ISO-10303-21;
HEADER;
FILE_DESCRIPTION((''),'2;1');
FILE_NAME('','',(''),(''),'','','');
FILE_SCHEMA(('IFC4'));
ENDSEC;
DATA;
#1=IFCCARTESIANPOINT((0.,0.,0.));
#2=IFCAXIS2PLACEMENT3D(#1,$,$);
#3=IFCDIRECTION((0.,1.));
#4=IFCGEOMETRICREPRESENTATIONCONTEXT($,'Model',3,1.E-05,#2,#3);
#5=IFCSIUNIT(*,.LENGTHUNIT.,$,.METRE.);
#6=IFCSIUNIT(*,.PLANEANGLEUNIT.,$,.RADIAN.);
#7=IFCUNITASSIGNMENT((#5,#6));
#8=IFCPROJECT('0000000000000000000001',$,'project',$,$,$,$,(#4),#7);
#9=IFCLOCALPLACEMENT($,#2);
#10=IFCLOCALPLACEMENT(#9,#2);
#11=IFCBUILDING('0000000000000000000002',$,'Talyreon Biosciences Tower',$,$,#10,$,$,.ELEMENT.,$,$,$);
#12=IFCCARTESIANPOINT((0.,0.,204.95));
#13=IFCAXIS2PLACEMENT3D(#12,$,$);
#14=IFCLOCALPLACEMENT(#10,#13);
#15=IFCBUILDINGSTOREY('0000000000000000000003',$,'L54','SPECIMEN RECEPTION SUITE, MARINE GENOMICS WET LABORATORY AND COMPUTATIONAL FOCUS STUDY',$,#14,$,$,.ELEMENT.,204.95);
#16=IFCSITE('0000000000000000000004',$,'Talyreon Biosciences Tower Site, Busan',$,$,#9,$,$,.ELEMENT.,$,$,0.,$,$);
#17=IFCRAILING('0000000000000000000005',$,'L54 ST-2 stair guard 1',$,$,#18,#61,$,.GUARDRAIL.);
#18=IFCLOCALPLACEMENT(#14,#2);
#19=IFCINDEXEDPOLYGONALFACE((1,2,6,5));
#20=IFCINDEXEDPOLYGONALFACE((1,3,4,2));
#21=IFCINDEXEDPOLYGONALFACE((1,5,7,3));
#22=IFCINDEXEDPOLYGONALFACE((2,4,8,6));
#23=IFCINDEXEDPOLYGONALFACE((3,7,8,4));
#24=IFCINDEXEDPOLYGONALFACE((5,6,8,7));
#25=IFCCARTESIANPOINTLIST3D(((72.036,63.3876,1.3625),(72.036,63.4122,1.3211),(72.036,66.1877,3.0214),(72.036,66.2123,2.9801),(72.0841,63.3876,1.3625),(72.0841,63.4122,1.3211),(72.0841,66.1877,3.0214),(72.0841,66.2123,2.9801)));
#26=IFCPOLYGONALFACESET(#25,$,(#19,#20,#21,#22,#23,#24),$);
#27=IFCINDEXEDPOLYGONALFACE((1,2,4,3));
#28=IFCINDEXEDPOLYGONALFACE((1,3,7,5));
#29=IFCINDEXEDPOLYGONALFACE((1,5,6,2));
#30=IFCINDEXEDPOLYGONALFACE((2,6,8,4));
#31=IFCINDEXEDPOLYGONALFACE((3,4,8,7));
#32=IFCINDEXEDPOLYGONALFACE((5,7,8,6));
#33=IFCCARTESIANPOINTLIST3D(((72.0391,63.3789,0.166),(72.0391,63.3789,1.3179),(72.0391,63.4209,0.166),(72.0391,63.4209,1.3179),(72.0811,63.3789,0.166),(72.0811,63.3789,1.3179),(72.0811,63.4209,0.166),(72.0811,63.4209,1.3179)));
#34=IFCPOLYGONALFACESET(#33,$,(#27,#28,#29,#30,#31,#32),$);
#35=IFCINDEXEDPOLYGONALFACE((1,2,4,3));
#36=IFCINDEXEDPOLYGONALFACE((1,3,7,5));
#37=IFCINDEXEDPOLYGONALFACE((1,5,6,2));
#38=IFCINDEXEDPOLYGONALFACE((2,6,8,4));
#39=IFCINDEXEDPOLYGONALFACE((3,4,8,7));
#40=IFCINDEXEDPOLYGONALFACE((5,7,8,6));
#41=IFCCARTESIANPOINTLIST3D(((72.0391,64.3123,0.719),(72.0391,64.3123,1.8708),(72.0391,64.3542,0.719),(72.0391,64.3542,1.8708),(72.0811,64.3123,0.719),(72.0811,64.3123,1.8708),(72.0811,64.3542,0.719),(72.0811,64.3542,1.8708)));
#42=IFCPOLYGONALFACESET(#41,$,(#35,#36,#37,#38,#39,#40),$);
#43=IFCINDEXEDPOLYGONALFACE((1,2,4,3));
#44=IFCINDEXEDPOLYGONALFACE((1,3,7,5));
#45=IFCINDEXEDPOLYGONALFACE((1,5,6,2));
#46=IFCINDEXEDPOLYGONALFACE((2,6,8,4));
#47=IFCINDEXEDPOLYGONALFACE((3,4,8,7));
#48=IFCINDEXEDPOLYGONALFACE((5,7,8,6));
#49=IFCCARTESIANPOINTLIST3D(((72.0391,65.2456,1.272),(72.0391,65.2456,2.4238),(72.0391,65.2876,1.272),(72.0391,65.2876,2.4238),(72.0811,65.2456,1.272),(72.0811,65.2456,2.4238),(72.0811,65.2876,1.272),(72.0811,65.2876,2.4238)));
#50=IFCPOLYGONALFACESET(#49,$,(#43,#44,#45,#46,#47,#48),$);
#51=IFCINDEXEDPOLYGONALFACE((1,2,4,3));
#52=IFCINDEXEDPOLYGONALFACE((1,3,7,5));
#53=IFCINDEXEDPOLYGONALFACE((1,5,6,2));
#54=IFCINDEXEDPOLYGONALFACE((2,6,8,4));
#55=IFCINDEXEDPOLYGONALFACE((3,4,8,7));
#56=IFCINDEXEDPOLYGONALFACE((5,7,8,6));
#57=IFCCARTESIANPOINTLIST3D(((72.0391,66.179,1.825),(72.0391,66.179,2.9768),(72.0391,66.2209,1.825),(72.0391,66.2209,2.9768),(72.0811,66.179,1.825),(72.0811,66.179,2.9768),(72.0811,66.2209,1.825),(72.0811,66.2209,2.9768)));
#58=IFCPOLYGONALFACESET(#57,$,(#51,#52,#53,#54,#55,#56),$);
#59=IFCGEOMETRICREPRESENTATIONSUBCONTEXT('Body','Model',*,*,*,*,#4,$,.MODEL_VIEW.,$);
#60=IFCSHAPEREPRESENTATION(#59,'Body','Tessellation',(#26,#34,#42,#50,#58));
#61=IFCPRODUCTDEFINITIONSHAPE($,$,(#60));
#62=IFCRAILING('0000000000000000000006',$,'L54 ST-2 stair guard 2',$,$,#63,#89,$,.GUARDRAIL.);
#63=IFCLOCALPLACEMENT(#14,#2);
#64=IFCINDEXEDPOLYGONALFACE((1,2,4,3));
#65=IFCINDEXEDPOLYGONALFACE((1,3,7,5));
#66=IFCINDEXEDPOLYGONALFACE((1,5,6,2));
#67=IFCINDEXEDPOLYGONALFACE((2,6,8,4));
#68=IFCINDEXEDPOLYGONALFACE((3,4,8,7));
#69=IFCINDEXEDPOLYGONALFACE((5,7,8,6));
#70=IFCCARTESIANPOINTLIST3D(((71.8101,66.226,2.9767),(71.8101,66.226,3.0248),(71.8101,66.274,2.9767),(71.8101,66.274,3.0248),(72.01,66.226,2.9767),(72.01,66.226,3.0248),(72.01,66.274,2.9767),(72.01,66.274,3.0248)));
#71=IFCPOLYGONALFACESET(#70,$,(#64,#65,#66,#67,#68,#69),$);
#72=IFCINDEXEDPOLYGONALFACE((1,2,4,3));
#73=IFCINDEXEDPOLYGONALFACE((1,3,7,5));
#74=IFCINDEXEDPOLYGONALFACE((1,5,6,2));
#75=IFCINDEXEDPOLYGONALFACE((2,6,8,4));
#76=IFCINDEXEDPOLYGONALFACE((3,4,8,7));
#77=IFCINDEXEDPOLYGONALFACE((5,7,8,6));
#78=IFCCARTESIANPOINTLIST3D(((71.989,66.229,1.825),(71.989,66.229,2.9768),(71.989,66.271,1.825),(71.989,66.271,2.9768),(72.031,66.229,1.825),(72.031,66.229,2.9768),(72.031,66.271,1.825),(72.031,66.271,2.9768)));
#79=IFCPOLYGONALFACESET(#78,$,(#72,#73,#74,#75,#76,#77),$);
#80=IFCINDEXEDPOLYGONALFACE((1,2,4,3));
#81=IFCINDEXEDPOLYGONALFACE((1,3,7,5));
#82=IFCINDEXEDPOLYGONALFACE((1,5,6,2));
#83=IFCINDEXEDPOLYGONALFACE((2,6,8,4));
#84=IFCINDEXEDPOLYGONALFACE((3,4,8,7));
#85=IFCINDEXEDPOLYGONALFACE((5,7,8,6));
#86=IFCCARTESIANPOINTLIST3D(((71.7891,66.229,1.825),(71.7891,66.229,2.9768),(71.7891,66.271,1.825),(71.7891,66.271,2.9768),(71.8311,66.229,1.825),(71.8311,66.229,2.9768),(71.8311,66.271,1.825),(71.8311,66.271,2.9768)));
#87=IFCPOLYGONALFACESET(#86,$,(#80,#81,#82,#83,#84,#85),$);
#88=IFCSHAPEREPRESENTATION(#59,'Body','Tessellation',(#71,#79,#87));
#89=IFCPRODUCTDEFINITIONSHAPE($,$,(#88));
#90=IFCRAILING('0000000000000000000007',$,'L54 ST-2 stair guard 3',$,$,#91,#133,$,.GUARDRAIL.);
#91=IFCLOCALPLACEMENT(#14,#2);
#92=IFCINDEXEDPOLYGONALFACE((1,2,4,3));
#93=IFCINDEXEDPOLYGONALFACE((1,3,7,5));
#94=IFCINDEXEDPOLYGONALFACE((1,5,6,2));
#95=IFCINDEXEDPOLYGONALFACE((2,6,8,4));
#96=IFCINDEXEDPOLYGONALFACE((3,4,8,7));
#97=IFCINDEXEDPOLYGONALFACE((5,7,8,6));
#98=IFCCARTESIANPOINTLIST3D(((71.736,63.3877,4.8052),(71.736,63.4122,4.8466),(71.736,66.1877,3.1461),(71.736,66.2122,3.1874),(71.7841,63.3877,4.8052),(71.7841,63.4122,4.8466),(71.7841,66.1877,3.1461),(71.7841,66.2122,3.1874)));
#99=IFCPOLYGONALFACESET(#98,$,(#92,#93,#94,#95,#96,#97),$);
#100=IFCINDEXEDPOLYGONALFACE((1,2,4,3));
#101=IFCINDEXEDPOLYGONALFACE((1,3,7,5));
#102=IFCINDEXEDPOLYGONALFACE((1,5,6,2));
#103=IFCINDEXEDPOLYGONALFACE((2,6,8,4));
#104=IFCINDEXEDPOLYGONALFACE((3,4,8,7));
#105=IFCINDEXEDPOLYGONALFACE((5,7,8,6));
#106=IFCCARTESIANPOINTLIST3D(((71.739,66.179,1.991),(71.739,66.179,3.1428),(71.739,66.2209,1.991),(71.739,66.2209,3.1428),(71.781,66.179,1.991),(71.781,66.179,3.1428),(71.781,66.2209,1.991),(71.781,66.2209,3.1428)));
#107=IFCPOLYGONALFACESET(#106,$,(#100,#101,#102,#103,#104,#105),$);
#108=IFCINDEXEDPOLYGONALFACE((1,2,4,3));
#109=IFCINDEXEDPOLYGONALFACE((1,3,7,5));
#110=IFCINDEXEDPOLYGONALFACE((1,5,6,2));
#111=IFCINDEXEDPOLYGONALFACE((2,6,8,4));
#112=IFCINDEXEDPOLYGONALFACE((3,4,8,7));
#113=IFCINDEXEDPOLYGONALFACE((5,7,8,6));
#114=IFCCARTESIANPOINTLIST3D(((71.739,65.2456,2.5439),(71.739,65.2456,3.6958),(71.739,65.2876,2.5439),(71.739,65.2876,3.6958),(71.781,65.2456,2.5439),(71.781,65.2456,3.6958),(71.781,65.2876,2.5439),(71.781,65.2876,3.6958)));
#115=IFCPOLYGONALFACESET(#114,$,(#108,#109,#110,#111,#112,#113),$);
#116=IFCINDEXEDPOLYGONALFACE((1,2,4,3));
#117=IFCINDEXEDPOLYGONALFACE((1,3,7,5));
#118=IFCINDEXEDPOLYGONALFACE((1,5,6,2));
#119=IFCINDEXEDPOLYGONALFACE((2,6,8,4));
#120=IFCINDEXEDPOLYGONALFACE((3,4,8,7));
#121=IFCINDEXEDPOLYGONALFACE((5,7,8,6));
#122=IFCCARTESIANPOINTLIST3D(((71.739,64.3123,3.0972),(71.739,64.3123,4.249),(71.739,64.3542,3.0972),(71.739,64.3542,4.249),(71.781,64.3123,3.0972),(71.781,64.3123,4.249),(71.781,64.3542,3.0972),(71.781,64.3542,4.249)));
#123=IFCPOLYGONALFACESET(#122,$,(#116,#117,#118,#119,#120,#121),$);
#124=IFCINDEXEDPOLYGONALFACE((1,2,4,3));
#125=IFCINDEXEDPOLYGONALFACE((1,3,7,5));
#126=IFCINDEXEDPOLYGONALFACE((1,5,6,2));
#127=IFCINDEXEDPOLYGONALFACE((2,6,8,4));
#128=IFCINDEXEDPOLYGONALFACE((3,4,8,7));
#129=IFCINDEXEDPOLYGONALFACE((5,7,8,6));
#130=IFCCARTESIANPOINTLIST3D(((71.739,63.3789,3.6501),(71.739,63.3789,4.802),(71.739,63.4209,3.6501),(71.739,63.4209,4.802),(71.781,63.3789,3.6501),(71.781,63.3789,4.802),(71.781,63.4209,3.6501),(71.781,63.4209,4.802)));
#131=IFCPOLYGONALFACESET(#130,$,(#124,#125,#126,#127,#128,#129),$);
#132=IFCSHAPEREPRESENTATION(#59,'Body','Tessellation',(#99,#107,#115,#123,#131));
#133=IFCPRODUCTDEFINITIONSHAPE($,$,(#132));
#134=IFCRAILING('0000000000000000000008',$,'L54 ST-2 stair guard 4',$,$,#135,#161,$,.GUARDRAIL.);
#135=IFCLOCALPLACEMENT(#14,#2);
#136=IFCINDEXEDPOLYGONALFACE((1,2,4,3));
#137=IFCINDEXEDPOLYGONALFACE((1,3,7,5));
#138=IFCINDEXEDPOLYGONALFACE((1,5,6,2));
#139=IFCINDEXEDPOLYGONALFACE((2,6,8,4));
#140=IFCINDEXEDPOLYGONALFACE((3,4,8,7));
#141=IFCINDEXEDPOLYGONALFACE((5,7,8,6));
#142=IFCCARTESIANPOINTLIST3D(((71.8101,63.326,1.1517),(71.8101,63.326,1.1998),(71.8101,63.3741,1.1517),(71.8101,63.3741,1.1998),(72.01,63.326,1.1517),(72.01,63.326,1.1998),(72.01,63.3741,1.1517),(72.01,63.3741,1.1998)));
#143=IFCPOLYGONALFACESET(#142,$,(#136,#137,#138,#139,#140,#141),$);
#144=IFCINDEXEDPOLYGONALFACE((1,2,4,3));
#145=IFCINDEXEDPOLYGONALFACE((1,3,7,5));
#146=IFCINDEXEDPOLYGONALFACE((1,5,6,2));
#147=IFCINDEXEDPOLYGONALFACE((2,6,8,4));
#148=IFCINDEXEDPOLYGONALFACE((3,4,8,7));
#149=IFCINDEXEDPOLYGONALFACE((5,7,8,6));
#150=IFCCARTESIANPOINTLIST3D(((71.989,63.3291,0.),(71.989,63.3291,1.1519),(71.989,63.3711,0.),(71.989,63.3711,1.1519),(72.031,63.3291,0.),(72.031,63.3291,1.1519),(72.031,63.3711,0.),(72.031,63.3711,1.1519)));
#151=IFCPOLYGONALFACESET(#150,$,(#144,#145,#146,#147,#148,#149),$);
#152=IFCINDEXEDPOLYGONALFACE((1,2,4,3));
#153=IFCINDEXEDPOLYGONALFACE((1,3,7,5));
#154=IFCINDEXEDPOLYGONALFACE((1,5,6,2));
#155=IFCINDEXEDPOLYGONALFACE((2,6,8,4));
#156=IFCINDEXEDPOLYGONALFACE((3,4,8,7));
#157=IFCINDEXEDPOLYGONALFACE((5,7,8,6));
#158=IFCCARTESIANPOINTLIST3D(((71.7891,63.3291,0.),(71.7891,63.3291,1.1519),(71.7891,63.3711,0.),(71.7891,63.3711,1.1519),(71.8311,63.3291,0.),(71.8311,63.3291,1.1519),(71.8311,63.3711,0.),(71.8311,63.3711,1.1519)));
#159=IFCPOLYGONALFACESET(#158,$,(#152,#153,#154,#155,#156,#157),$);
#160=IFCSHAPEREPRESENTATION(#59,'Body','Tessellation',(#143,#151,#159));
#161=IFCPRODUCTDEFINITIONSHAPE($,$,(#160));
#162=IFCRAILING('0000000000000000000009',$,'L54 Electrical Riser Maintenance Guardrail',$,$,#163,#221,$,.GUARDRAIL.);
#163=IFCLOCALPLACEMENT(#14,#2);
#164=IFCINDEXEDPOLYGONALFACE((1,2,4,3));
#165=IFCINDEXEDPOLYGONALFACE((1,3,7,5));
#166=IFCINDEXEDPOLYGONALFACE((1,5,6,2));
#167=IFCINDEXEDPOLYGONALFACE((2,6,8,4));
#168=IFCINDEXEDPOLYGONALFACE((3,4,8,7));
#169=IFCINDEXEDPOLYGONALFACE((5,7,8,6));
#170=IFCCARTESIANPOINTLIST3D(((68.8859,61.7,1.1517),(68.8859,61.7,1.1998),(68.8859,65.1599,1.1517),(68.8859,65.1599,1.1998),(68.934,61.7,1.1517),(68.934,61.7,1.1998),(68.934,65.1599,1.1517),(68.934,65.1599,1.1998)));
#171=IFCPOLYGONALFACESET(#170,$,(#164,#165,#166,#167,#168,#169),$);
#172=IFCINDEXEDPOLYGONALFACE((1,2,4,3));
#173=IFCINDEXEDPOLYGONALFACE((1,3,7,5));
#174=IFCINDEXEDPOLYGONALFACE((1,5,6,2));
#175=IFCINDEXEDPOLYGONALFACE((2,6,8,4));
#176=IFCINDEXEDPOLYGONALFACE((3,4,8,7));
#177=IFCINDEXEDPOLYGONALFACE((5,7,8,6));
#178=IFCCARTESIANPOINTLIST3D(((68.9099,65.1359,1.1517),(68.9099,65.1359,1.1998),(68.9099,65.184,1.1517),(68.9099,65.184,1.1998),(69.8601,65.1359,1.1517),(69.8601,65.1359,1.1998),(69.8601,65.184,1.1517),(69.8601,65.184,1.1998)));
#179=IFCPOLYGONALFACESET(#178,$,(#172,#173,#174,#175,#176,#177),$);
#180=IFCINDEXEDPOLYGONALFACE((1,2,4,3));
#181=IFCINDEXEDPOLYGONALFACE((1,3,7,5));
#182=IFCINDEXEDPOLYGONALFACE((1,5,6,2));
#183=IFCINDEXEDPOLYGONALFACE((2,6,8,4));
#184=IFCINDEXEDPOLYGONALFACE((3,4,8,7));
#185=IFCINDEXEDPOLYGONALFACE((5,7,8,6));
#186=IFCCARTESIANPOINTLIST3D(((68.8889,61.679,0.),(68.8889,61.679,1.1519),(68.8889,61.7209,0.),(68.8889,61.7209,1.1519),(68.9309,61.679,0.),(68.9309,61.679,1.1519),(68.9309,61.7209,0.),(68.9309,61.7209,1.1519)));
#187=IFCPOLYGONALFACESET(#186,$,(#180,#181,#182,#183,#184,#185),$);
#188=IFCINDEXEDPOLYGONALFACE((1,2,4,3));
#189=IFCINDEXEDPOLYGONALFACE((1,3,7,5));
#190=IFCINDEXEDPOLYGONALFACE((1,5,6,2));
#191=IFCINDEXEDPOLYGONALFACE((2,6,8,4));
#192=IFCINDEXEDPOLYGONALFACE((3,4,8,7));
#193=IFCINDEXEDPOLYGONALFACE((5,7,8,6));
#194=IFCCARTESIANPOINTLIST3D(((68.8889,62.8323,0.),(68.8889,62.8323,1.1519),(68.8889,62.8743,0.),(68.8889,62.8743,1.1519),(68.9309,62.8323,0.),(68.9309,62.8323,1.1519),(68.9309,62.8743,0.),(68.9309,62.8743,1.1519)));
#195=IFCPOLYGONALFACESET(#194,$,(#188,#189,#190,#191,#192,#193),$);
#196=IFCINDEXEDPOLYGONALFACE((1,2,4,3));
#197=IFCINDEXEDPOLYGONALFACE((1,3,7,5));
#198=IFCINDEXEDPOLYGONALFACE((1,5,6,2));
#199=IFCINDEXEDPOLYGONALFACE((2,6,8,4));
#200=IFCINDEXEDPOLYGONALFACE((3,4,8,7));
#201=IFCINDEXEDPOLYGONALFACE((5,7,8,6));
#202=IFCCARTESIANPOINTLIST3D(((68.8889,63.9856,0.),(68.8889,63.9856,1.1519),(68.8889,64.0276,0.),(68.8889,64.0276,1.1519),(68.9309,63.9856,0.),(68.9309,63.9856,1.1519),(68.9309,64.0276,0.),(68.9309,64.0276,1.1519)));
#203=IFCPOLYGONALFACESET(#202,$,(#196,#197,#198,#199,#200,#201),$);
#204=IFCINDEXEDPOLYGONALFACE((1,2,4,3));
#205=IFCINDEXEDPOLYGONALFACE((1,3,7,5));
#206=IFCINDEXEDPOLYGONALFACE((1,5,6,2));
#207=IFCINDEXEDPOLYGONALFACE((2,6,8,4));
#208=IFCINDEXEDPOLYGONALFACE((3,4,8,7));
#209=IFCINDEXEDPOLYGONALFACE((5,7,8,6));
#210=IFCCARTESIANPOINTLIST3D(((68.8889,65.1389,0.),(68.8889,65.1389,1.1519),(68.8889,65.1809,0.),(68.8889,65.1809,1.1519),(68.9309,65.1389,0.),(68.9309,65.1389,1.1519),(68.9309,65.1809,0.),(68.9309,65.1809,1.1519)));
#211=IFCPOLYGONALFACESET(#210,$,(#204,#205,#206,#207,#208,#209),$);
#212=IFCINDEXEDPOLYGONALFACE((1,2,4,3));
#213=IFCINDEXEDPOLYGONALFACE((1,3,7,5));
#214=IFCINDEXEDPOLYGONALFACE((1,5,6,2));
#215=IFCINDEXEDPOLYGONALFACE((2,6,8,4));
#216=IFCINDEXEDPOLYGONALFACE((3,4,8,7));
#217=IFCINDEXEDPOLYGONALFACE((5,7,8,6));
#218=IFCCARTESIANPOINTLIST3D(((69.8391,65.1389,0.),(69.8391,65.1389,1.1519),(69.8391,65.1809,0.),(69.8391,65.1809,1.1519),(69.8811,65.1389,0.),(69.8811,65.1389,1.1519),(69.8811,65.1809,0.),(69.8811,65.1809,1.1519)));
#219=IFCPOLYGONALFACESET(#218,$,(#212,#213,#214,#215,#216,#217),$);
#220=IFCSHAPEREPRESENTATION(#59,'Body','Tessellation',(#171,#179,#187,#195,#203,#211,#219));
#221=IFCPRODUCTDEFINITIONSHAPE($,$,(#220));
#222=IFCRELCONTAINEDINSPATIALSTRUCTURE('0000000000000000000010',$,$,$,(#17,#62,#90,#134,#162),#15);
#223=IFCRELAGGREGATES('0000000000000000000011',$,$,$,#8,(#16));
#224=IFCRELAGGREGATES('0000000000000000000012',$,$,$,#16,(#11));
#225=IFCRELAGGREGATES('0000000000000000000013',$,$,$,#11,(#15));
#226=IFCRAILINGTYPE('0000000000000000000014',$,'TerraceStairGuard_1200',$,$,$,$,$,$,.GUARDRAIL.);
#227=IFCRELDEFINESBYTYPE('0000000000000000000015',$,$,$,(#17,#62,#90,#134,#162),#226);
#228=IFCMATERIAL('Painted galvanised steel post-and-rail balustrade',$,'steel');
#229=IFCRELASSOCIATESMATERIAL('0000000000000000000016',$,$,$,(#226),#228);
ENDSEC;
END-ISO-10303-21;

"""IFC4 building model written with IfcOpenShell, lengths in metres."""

from ifc_helpers import new_model, si_unit, direction, frame, origin, origin_2d, place, context, subcontext, project, spatial, rectangle, extrude, material, type_object, element, save


model = new_model("IFC4")

# Units and contexts
model_context = context("Model", 3, precision=1e-05, world=origin(), true_north=direction((0.0, 1.0)))
body_context = subcontext(model_context, "Body", "Model", "MODEL_VIEW")
ifc_project = project(units=[si_unit("LENGTHUNIT", "METRE"), si_unit("PLANEANGLEUNIT", "RADIAN")], contexts=[model_context])

# Site, building, storey
site_placement = place(None, origin())
site = spatial("IfcSite", under=ifc_project, at=site_placement, Name="Talyreon Biosciences Tower Site, Busan", CompositionType="ELEMENT", RefElevation=0.0)
building_placement = place(site_placement, origin())
building = spatial("IfcBuilding", under=site, at=building_placement, Name="Talyreon Biosciences Tower", CompositionType="ELEMENT")
storey_placement = place(building_placement, frame((0.0, 0.0, 204.95)))
storey = spatial("IfcBuildingStorey", under=building, at=storey_placement, Name="L54", Description="SPECIMEN RECEPTION SUITE, MARINE GENOMICS WET LABORATORY AND COMPUTATIONAL FOCUS STUDY", CompositionType="ELEMENT", Elevation=204.95)

# Railings
ifc_material_1 = material(Name="Painted galvanised steel post-and-rail balustrade", Category="steel")
railing_type_1 = type_object("IfcRailingType", Name="TerraceStairGuard_1200", PredefinedType="GUARDRAIL", material=ifc_material_1)
railing_1_placement = place(storey_placement, frame((72.0601, 63.3999, 0.166)))
element("IfcRailing", 1, at=railing_1_placement, inside=storey, type_object=railing_type_1, Name="L54 ST-2 stair guard 1", PredefinedType="GUARDRAIL", context=body_context, shape_type="SweptSolid", body=[
    extrude(rectangle(XDim=0.0481, YDim=0.0481, at=origin_2d()), frame((0.0, 0.0, 1.1758), z_axis=(0.0, 0.860339, 0.509722), x_axis=(-1.0, 0.0, 0.0)), (0.0, 0.0, 1.0), 3.2546),
    extrude(rectangle(XDim=0.042, YDim=0.042, at=origin_2d()), origin(), (0.0, 0.0, 1.0), 1.1519),
    extrude(rectangle(XDim=0.042, YDim=0.042, at=origin_2d()), frame((0.0, 0.9333, 0.553)), (0.0, 0.0, 1.0), 1.1519),
    extrude(rectangle(XDim=0.042, YDim=0.042, at=origin_2d()), frame((0.0, 1.8667, 1.106)), (0.0, 0.0, 1.0), 1.1519),
    extrude(rectangle(XDim=0.042, YDim=0.042, at=origin_2d()), frame((0.0, 2.8, 1.6589)), (0.0, 0.0, 1.0), 1.1519),
])
railing_2_placement = place(storey_placement, frame((72.01, 66.25, 1.825)))
element("IfcRailing", 2, at=railing_2_placement, inside=storey, type_object=railing_type_1, Name="L54 ST-2 stair guard 2", PredefinedType="GUARDRAIL", context=body_context, shape_type="SweptSolid", body=[
    extrude(rectangle(XDim=0.0481, YDim=0.0481, at=origin_2d()), frame((0.0, 0.0, 1.1758), z_axis=(-1.0, 0.0, 0.0), x_axis=(0.0, -1.0, 0.0)), (0.0, 0.0, 1.0), 0.2),
    extrude(rectangle(XDim=0.042, YDim=0.042, at=origin_2d()), origin(), (0.0, 0.0, 1.0), 1.1519),
    extrude(rectangle(XDim=0.042, YDim=0.042, at=origin_2d()), frame((-0.2, 0.0, 0.0)), (0.0, 0.0, 1.0), 1.1519),
])
railing_3_placement = place(storey_placement, frame((71.76, 66.2, 1.991)))
element("IfcRailing", 3, at=railing_3_placement, inside=storey, type_object=railing_type_1, Name="L54 ST-2 stair guard 3", PredefinedType="GUARDRAIL", context=body_context, shape_type="SweptSolid", body=[
    extrude(rectangle(XDim=0.0481, YDim=0.0481, at=origin_2d()), frame((0.0, 0.0, 1.1758), z_axis=(0.0, -0.860306, 0.509778), x_axis=(1.0, 0.0, 0.0)), (0.0, 0.0, 1.0), 3.2546),
    extrude(rectangle(XDim=0.042, YDim=0.042, at=origin_2d()), origin(), (0.0, 0.0, 1.0), 1.1519),
    extrude(rectangle(XDim=0.042, YDim=0.042, at=origin_2d()), frame((0.0, -0.9333, 0.553)), (0.0, 0.0, 1.0), 1.1519),
    extrude(rectangle(XDim=0.042, YDim=0.042, at=origin_2d()), frame((0.0, -1.8667, 1.1062)), (0.0, 0.0, 1.0), 1.1519),
    extrude(rectangle(XDim=0.042, YDim=0.042, at=origin_2d()), frame((0.0, -2.8, 1.6592)), (0.0, 0.0, 1.0), 1.1519),
])
railing_4_placement = place(storey_placement, frame((72.01, 63.3501, 0.0)))
element("IfcRailing", 4, at=railing_4_placement, inside=storey, type_object=railing_type_1, Name="L54 ST-2 stair guard 4", PredefinedType="GUARDRAIL", context=body_context, shape_type="SweptSolid", body=[
    extrude(rectangle(XDim=0.0481, YDim=0.0481, at=origin_2d()), frame((0.0, 0.0, 1.1758), z_axis=(-1.0, 0.0, 0.0), x_axis=(0.0, -1.0, 0.0)), (0.0, 0.0, 1.0), 0.2),
    extrude(rectangle(XDim=0.042, YDim=0.042, at=origin_2d()), origin(), (0.0, 0.0, 1.0), 1.1519),
    extrude(rectangle(XDim=0.042, YDim=0.042, at=origin_2d()), frame((-0.2, 0.0, 0.0)), (0.0, 0.0, 1.0), 1.1519),
])
railing_5_placement = place(storey_placement, frame((68.9099, 61.7, 0.0)))
element("IfcRailing", 5, at=railing_5_placement, inside=storey, type_object=railing_type_1, Name="L54 Electrical Riser Maintenance Guardrail", PredefinedType="GUARDRAIL", context=body_context, shape_type="SweptSolid", body=[
    extrude(rectangle(XDim=0.0481, YDim=0.0481, at=origin_2d()), frame((0.0, 0.0, 1.1758), z_axis=(0.0, 1.0, 0.0), x_axis=(-1.0, 0.0, 0.0)), (0.0, 0.0, 1.0), 3.46),
    extrude(rectangle(XDim=0.0481, YDim=0.0481, at=origin_2d()), frame((0.0, 3.46, 1.1758), z_axis=(1.0, 0.0, 0.0), x_axis=(0.0, 1.0, 0.0)), (0.0, 0.0, 1.0), 0.9502),
    extrude(rectangle(XDim=0.042, YDim=0.042, at=origin_2d()), origin(), (0.0, 0.0, 1.0), 1.1519),
    extrude(rectangle(XDim=0.042, YDim=0.042, at=origin_2d()), frame((0.0, 1.1533, 0.0)), (0.0, 0.0, 1.0), 1.1519),
    extrude(rectangle(XDim=0.042, YDim=0.042, at=origin_2d()), frame((0.0, 2.3066, 0.0)), (0.0, 0.0, 1.0), 1.1519),
    extrude(rectangle(XDim=0.042, YDim=0.042, at=origin_2d()), frame((0.0, 3.46, 0.0)), (0.0, 0.0, 1.0), 1.1519),
    extrude(rectangle(XDim=0.042, YDim=0.042, at=origin_2d()), frame((0.9502, 3.46, 0.0)), (0.0, 0.0, 1.0), 1.1519),
])

save(model, "model.ifc")
